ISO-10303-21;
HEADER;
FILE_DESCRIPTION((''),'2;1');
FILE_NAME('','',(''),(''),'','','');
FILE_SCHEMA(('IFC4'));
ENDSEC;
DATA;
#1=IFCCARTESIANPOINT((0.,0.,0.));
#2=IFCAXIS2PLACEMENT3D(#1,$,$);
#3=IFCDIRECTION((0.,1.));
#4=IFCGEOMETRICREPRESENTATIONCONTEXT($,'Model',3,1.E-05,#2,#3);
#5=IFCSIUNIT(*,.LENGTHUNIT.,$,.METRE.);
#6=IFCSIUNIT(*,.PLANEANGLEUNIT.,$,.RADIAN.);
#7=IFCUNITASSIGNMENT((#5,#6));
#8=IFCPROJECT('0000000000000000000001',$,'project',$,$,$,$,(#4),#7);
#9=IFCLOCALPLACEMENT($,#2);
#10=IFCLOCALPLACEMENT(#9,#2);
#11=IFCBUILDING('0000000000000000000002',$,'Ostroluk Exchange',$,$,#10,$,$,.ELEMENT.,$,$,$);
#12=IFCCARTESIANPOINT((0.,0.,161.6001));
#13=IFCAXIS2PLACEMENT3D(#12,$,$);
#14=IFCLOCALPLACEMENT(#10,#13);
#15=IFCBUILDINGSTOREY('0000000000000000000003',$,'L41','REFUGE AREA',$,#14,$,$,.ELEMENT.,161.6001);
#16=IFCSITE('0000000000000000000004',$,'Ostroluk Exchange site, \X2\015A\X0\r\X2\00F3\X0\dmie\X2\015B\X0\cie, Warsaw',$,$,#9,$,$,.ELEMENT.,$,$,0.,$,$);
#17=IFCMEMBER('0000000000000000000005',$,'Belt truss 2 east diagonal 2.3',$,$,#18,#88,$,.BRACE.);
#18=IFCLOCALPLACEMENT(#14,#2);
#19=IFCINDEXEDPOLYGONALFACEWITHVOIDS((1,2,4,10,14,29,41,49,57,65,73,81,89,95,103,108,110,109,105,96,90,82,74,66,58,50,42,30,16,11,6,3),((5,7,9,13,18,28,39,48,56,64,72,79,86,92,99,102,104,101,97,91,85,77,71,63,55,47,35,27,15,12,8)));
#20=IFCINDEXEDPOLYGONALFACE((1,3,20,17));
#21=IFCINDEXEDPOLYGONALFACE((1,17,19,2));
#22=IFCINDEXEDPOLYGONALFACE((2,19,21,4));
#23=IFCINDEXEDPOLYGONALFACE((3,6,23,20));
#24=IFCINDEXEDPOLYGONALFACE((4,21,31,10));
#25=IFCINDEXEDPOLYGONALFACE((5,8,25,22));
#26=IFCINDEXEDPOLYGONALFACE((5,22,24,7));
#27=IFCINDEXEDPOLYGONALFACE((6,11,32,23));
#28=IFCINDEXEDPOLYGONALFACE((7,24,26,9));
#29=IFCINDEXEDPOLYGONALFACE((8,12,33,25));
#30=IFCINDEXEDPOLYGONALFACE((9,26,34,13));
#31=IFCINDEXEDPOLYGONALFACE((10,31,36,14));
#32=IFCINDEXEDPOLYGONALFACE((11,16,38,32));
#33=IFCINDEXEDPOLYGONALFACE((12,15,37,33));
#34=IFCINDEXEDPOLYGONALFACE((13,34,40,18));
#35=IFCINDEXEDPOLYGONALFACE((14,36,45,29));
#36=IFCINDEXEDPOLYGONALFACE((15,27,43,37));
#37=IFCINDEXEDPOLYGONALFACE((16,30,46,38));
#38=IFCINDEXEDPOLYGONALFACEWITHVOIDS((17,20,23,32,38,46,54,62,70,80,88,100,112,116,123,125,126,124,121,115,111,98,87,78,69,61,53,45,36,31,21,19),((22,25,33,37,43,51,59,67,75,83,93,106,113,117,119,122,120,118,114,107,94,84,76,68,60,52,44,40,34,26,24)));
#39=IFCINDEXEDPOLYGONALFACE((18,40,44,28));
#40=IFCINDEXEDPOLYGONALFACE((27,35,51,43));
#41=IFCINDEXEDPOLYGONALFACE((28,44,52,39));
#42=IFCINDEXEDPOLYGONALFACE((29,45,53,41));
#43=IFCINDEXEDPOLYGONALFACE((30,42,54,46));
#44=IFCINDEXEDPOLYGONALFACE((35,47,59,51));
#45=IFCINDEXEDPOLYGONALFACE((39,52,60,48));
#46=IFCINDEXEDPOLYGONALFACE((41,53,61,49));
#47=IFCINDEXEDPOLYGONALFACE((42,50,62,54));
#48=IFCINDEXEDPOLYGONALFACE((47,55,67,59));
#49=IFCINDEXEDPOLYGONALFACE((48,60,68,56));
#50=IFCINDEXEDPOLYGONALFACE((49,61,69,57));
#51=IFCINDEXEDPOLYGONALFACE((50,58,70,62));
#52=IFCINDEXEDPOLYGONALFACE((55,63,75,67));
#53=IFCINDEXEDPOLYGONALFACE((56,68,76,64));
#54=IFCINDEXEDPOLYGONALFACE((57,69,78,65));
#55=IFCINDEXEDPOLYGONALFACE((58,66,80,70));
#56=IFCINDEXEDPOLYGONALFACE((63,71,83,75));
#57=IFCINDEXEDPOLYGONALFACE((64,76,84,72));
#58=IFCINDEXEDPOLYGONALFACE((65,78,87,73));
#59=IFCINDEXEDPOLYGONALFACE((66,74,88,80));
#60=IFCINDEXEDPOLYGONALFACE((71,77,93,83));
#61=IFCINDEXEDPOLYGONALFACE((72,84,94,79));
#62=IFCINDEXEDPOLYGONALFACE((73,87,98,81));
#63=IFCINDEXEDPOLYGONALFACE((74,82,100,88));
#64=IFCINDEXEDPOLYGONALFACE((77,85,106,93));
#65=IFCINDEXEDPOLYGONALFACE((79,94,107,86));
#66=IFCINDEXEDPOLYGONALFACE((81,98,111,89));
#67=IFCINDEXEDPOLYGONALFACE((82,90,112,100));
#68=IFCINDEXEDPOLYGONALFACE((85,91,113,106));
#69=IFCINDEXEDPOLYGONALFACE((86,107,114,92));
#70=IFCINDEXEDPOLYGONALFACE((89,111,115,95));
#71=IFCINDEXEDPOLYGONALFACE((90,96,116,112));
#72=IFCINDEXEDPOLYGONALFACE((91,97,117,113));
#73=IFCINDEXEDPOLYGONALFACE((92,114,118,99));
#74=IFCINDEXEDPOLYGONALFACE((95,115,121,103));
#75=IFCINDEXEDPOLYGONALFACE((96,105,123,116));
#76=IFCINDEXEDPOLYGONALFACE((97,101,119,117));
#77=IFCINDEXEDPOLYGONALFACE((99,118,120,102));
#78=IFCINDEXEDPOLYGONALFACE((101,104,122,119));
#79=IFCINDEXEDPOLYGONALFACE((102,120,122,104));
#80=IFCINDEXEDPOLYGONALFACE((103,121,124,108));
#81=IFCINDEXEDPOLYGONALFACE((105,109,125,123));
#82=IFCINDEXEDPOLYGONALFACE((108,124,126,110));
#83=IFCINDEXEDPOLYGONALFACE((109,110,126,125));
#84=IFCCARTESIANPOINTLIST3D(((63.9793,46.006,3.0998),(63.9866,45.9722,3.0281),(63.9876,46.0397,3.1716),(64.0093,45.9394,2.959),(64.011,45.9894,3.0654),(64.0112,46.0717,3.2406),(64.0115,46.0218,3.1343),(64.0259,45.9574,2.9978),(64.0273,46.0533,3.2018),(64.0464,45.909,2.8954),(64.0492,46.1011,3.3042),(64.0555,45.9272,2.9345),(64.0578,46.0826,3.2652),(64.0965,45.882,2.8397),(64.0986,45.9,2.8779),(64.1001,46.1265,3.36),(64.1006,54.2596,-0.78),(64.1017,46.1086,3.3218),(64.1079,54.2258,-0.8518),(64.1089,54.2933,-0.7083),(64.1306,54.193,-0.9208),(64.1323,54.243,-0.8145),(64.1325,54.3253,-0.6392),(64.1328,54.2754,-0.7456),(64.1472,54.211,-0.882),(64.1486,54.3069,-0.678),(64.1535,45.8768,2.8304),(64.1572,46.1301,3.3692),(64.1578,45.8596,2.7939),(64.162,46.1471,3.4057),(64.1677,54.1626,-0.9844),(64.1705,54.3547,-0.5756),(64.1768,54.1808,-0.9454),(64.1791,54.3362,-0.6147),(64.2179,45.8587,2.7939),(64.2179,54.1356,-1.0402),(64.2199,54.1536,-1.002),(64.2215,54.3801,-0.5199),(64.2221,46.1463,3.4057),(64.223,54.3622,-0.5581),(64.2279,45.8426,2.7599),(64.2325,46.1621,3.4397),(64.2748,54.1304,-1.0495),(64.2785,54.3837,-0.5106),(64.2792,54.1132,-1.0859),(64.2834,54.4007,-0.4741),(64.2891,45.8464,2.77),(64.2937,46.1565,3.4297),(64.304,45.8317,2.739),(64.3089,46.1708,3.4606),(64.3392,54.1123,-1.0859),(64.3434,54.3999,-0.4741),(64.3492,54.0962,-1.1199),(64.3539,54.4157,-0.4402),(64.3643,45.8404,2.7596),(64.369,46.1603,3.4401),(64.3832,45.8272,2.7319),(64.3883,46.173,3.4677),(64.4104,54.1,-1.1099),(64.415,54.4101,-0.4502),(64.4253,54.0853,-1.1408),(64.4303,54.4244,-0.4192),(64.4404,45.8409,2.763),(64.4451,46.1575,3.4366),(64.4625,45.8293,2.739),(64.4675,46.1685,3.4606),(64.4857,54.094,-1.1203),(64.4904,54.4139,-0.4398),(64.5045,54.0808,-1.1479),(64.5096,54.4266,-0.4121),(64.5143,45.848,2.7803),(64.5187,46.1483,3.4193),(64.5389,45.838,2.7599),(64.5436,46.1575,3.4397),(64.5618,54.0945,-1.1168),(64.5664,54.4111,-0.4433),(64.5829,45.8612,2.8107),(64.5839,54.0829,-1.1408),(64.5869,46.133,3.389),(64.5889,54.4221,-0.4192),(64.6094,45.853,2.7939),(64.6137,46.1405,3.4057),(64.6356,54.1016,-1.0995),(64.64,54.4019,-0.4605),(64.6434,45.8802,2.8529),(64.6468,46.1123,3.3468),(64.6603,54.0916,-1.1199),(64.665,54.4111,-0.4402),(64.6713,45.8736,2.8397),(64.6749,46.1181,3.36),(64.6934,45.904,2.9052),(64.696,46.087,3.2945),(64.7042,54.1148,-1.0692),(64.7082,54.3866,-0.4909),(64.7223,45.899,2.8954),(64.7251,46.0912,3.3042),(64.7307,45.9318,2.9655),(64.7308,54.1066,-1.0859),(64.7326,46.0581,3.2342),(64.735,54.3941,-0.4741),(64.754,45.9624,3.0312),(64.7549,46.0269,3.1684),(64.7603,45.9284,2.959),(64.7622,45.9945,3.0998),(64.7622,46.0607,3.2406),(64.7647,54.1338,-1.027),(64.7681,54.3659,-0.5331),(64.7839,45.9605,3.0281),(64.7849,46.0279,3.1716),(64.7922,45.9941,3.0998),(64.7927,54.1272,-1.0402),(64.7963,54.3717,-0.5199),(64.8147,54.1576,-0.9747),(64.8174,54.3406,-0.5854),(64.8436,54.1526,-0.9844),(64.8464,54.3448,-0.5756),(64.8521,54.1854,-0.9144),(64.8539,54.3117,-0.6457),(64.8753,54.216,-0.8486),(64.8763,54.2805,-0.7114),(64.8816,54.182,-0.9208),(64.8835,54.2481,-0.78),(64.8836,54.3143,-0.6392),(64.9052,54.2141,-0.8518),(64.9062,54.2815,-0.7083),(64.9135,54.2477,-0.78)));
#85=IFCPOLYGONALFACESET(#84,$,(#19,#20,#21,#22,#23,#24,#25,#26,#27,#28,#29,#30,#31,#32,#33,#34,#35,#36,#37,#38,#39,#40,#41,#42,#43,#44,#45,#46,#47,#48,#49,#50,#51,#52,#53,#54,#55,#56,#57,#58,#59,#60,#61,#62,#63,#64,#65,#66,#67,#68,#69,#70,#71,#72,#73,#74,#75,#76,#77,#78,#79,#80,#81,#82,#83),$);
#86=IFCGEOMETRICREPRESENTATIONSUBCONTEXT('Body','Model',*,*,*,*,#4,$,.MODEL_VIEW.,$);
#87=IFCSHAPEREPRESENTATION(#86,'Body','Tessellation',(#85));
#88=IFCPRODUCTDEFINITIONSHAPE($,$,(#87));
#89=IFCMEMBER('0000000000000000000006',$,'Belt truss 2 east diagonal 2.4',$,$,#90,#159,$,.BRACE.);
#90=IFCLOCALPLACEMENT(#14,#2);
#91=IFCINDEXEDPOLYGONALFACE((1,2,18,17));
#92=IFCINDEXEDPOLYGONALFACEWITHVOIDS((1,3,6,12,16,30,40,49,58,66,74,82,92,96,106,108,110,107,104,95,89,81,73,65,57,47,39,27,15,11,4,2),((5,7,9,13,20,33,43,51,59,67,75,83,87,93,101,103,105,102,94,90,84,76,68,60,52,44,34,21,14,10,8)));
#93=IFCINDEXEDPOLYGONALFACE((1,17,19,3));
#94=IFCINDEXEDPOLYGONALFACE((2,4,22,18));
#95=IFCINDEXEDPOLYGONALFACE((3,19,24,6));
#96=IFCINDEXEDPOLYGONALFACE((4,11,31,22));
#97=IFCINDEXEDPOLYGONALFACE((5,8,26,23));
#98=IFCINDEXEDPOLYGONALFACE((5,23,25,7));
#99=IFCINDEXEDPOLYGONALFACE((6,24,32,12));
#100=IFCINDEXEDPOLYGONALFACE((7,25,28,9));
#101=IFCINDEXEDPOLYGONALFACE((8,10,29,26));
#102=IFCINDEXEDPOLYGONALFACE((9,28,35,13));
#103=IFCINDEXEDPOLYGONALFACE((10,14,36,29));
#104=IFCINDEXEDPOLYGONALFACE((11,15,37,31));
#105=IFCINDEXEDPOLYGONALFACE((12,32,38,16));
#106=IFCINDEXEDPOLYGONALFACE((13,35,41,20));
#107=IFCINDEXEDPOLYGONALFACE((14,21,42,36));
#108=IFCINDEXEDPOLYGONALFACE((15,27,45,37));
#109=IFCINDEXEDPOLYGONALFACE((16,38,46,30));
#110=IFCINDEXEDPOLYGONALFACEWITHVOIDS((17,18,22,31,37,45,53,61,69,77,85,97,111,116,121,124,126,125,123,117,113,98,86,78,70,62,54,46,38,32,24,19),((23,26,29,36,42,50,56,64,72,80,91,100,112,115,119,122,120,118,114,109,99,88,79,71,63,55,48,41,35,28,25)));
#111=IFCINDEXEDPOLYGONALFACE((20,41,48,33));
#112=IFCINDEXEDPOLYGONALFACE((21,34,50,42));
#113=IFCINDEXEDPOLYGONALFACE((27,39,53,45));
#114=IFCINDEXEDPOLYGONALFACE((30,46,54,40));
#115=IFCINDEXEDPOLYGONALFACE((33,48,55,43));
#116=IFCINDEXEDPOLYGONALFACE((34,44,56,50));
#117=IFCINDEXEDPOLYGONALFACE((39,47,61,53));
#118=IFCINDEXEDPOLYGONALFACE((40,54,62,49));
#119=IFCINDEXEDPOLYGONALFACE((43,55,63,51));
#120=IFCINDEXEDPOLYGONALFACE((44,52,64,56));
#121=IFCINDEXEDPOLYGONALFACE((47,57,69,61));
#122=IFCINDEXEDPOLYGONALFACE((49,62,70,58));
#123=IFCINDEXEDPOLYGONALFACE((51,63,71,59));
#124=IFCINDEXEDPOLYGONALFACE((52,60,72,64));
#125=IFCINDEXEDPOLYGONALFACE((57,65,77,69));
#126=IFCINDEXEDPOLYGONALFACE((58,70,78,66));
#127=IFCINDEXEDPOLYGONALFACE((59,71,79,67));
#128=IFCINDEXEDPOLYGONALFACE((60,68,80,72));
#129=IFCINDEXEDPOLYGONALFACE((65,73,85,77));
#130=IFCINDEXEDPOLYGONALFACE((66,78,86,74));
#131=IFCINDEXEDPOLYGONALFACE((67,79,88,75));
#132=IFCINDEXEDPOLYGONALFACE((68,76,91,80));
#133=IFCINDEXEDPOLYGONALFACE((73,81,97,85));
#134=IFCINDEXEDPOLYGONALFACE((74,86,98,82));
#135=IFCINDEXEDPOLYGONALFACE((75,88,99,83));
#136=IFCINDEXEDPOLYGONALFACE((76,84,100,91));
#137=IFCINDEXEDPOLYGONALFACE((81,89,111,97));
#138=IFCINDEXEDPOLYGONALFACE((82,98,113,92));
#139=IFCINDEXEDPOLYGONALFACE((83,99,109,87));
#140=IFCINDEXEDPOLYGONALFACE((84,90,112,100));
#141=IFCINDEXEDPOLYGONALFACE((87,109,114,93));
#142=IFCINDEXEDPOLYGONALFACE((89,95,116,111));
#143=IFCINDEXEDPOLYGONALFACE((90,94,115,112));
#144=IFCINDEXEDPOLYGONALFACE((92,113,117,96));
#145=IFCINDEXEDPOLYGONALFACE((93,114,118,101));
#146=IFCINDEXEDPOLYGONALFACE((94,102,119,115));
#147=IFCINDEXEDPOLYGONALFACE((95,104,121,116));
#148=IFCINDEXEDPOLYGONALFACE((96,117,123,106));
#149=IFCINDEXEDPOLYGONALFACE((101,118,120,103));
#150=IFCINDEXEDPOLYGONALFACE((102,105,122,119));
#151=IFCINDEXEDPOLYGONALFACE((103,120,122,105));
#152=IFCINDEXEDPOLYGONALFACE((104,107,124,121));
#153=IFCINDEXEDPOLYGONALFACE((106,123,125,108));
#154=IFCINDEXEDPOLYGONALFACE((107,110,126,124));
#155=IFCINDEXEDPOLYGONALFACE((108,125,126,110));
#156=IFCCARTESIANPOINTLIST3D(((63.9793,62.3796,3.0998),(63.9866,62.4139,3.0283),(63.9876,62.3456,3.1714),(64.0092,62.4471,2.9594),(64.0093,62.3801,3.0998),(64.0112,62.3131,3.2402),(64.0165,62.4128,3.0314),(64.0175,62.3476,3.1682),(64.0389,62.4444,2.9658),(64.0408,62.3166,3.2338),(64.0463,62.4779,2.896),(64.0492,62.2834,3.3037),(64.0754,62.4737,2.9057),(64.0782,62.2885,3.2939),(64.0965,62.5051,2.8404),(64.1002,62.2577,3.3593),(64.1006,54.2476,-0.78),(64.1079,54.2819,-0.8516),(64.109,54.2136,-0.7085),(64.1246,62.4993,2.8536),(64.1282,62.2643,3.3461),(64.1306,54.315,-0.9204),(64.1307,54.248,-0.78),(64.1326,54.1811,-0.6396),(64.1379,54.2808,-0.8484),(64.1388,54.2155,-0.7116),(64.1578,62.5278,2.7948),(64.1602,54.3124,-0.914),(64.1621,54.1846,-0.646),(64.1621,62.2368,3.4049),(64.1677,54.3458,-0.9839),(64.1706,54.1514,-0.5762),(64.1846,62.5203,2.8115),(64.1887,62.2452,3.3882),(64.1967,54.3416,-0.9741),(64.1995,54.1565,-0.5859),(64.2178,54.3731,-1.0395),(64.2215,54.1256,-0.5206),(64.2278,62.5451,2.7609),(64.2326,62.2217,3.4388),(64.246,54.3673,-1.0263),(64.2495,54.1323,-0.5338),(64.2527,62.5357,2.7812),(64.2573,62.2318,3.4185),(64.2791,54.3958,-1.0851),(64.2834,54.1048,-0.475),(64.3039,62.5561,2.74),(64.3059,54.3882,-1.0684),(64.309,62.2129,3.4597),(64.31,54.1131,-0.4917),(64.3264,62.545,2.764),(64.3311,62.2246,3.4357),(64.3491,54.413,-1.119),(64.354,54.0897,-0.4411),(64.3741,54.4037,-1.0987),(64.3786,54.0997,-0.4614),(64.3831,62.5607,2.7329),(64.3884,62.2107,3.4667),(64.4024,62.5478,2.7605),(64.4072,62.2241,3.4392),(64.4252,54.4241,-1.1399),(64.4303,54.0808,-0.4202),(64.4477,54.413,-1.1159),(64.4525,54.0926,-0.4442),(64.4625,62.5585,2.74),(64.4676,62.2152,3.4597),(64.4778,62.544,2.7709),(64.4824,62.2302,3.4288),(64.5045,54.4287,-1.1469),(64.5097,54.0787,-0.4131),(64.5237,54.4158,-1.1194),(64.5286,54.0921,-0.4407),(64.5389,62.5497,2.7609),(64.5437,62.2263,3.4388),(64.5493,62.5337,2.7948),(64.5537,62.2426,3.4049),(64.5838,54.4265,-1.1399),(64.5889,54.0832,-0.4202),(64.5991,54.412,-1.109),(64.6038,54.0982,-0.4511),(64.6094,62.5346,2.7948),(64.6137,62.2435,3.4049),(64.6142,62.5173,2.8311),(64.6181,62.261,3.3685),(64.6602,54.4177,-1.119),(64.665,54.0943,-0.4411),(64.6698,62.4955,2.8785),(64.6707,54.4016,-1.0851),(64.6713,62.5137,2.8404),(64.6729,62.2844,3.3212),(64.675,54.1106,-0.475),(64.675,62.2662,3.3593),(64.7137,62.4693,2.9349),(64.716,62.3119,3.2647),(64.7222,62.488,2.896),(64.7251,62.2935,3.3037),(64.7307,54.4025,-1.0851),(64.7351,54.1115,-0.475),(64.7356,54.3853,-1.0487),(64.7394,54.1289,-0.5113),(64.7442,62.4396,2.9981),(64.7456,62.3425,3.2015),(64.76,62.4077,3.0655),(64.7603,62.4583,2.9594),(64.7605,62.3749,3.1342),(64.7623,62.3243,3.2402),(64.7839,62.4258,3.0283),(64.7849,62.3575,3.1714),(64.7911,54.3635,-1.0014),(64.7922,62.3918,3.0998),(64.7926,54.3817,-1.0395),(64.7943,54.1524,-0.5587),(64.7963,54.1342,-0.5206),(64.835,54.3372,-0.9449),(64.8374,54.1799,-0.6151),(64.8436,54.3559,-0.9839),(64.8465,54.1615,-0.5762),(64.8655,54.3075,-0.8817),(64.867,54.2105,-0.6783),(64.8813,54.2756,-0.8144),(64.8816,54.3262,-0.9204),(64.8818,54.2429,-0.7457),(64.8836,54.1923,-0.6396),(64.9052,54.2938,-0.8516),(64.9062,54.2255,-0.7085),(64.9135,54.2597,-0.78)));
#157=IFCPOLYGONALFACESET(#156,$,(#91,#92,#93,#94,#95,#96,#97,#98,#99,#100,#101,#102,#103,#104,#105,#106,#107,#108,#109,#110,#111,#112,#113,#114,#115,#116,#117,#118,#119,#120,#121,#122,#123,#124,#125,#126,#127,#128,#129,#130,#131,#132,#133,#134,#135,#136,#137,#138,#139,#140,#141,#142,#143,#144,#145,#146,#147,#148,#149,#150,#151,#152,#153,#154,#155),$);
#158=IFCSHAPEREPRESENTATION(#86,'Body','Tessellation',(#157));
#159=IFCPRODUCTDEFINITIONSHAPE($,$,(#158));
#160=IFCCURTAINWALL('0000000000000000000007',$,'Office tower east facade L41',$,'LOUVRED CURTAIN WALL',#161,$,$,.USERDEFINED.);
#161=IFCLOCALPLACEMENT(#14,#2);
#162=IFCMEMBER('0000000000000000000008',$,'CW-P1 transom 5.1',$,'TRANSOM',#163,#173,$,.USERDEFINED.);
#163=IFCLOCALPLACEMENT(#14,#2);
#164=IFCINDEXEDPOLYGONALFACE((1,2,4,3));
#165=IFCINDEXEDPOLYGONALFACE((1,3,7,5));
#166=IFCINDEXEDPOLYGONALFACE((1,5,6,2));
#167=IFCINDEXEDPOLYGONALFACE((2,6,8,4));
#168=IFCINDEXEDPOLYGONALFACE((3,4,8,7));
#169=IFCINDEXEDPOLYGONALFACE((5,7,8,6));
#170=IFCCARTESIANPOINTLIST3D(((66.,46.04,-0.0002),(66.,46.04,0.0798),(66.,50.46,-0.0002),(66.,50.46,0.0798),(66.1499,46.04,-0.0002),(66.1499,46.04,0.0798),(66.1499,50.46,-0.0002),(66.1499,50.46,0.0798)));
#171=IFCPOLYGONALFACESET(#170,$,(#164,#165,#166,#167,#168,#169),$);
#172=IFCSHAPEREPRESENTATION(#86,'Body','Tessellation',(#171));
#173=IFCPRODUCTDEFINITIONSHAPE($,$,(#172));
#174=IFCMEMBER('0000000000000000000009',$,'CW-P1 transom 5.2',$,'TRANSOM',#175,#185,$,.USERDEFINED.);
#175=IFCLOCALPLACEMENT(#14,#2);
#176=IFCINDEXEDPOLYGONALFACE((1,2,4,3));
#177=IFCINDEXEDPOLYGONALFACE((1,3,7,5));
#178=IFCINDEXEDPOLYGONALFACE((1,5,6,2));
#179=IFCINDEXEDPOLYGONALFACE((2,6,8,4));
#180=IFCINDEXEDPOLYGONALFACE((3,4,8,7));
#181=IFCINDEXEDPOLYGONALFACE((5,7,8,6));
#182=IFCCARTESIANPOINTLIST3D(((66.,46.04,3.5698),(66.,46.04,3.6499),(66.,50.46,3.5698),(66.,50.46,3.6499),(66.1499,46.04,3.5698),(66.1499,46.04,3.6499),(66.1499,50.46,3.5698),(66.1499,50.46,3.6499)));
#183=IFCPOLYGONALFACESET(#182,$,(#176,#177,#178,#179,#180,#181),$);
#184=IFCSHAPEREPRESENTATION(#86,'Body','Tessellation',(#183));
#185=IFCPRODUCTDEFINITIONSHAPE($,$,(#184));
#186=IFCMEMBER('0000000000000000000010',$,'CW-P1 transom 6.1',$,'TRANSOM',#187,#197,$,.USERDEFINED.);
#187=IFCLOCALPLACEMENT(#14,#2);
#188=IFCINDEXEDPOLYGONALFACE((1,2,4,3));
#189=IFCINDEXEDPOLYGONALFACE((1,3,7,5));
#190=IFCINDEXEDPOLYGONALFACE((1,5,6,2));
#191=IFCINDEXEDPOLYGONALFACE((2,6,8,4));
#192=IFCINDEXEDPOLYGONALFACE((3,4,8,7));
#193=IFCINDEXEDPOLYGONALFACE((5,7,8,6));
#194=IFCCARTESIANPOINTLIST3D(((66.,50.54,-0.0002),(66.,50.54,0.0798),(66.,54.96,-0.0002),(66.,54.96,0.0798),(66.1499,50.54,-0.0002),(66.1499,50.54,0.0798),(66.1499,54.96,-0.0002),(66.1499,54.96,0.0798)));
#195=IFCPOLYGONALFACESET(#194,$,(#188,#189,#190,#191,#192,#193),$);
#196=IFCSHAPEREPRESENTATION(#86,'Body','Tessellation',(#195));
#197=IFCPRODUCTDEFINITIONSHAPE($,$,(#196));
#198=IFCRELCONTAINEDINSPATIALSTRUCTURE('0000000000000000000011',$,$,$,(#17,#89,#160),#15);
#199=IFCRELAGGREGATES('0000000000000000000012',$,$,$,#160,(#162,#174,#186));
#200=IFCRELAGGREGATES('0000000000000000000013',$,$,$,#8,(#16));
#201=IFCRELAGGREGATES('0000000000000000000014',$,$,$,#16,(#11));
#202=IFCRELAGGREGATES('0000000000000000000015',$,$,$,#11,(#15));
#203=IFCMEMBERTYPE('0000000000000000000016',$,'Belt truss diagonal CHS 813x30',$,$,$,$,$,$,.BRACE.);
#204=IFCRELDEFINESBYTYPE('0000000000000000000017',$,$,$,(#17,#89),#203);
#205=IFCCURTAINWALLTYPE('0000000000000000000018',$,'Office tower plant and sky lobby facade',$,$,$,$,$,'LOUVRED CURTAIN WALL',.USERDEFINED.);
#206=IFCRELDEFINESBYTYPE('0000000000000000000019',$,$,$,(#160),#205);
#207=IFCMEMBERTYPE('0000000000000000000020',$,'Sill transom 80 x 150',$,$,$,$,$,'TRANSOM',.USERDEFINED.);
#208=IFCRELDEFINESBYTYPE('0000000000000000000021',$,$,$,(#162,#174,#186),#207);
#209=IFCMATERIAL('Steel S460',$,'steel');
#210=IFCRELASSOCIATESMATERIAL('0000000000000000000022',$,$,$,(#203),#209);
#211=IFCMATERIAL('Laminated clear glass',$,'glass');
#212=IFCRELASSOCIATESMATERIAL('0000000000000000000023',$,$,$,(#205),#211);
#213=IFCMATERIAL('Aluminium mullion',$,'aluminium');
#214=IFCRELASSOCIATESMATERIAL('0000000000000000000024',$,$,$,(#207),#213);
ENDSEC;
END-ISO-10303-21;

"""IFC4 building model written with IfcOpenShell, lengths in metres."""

from ifc_helpers import new_model, si_unit, direction, frame, origin, origin_2d, place, context, subcontext, project, spatial, rectangle, hollow_circle, extrude, material, material_profile, profile_set, type_object, element, aggregate, save


model = new_model("IFC4")

# Units and contexts
model_context = context("Model", 3, precision=1e-05, world=origin(), true_north=direction((0.0, 1.0)))
body_context = subcontext(model_context, "Body", "Model", "MODEL_VIEW")
ifc_project = project(units=[si_unit("LENGTHUNIT", "METRE"), si_unit("PLANEANGLEUNIT", "RADIAN")], contexts=[model_context])

# Site, building, storey
site_placement = place(None, origin())
site = spatial("IfcSite", under=ifc_project, at=site_placement, Name="Ostroluk Exchange site, Śródmieście, Warsaw", CompositionType="ELEMENT", RefElevation=0.0)
building_placement = place(site_placement, origin())
building = spatial("IfcBuilding", under=site, at=building_placement, Name="Ostroluk Exchange", CompositionType="ELEMENT")
storey_placement = place(building_placement, frame((0.0, 0.0, 161.6001)))
storey = spatial("IfcBuildingStorey", under=building, at=storey_placement, Name="L41", Description="REFUGE AREA", CompositionType="ELEMENT", Elevation=161.6001)

# Members
ifc_material_1 = material(Name="Steel S460", Category="steel")
ifc_material_profile_1 = material_profile(ifc_material_1, hollow_circle(Radius=0.4065, WallThickness=0.03, at=origin_2d()), Name="CHS 813x30")
ifc_profile_set_1 = profile_set([ifc_material_profile_1], Name="Steel S460")
member_type_1 = type_object("IfcMemberType", Name="Belt truss diagonal CHS 813x30", PredefinedType="BRACE", material=ifc_profile_set_1)
member_1_placement = place(storey_placement, frame((64.5071, 54.2537, -0.78), z_axis=(-0.013303, -0.904916, 0.425383), x_axis=(0.999892, -0.0147, 0.0)))
element("IfcMember", 1, at=member_1_placement, inside=storey, type_object=member_type_1, Name="Belt truss 2 east diagonal 2.3", PredefinedType="BRACE", context=body_context, shape_type="SweptSolid", body=[
    extrude(hollow_circle(Radius=0.4065, WallThickness=0.03, at=origin_2d()), origin(), (0.0, 0.0, 1.0), 9.1208),
])
member_2_placement = place(storey_placement, frame((64.5071, 54.2537, -0.78), z_axis=(-0.013465, 0.902457, 0.43057), x_axis=(-0.999889, -0.014919, 0.0)))
element("IfcMember", 2, at=member_2_placement, inside=storey, type_object=member_type_1, Name="Belt truss 2 east diagonal 2.4", PredefinedType="BRACE", context=body_context, shape_type="SweptSolid", body=[
    extrude(hollow_circle(Radius=0.4065, WallThickness=0.03, at=origin_2d()), origin(), (0.0, 0.0, 1.0), 9.011),
])

# Curtain wall, members
ifc_material_2 = material(Name="Laminated clear glass", Category="glass")
curtain_wall_type = type_object("IfcCurtainWallType", Name="Office tower plant and sky lobby facade", ElementType="LOUVRED CURTAIN WALL", PredefinedType="USERDEFINED", material=ifc_material_2)
curtain_wall_placement = place(storey_placement, origin())
curtain_wall = element("IfcCurtainWall", 3, at=curtain_wall_placement, inside=storey, type_object=curtain_wall_type, Name="Office tower east facade L41", ObjectType="LOUVRED CURTAIN WALL", PredefinedType="USERDEFINED")
ifc_material_3 = material(Name="Aluminium mullion", Category="aluminium")
ifc_material_profile_2 = material_profile(ifc_material_3, rectangle(XDim=0.1499, YDim=0.0801, at=origin_2d()), Name="Sill transom 80 x 150")
ifc_profile_set_2 = profile_set([ifc_material_profile_2], Name="Aluminium mullion")
member_type_2 = type_object("IfcMemberType", Name="Sill transom 80 x 150", ElementType="TRANSOM", PredefinedType="USERDEFINED", material=ifc_profile_set_2)
member_3_placement = place(storey_placement, frame((66.075, 46.04, 0.0398), z_axis=(0.0, 1.0, 0.0), x_axis=(-1.0, 0.0, 0.0)))
member_3 = element("IfcMember", 4, at=member_3_placement, type_object=member_type_2, Name="CW-P1 transom 5.1", ObjectType="TRANSOM", PredefinedType="USERDEFINED", context=body_context, shape_type="SweptSolid", body=[
    extrude(rectangle(XDim=0.1499, YDim=0.0801, at=origin_2d()), origin(), (0.0, 0.0, 1.0), 4.4199),
])
member_4_placement = place(storey_placement, frame((66.075, 46.04, 3.6099), z_axis=(0.0, 1.0, 0.0), x_axis=(-1.0, 0.0, 0.0)))
member_4 = element("IfcMember", 5, at=member_4_placement, type_object=member_type_2, Name="CW-P1 transom 5.2", ObjectType="TRANSOM", PredefinedType="USERDEFINED", context=body_context, shape_type="SweptSolid", body=[
    extrude(rectangle(XDim=0.1499, YDim=0.0801, at=origin_2d()), origin(), (0.0, 0.0, 1.0), 4.4199),
])
member_5_placement = place(storey_placement, frame((66.075, 50.54, 0.0398), z_axis=(0.0, 1.0, 0.0), x_axis=(-1.0, 0.0, 0.0)))
member_5 = element("IfcMember", 6, at=member_5_placement, type_object=member_type_2, Name="CW-P1 transom 6.1", ObjectType="TRANSOM", PredefinedType="USERDEFINED", context=body_context, shape_type="SweptSolid", body=[
    extrude(rectangle(XDim=0.1499, YDim=0.0801, at=origin_2d()), origin(), (0.0, 0.0, 1.0), 4.4199),
])
aggregate(curtain_wall, [member_3, member_4, member_5])

save(model, "model.ifc")
